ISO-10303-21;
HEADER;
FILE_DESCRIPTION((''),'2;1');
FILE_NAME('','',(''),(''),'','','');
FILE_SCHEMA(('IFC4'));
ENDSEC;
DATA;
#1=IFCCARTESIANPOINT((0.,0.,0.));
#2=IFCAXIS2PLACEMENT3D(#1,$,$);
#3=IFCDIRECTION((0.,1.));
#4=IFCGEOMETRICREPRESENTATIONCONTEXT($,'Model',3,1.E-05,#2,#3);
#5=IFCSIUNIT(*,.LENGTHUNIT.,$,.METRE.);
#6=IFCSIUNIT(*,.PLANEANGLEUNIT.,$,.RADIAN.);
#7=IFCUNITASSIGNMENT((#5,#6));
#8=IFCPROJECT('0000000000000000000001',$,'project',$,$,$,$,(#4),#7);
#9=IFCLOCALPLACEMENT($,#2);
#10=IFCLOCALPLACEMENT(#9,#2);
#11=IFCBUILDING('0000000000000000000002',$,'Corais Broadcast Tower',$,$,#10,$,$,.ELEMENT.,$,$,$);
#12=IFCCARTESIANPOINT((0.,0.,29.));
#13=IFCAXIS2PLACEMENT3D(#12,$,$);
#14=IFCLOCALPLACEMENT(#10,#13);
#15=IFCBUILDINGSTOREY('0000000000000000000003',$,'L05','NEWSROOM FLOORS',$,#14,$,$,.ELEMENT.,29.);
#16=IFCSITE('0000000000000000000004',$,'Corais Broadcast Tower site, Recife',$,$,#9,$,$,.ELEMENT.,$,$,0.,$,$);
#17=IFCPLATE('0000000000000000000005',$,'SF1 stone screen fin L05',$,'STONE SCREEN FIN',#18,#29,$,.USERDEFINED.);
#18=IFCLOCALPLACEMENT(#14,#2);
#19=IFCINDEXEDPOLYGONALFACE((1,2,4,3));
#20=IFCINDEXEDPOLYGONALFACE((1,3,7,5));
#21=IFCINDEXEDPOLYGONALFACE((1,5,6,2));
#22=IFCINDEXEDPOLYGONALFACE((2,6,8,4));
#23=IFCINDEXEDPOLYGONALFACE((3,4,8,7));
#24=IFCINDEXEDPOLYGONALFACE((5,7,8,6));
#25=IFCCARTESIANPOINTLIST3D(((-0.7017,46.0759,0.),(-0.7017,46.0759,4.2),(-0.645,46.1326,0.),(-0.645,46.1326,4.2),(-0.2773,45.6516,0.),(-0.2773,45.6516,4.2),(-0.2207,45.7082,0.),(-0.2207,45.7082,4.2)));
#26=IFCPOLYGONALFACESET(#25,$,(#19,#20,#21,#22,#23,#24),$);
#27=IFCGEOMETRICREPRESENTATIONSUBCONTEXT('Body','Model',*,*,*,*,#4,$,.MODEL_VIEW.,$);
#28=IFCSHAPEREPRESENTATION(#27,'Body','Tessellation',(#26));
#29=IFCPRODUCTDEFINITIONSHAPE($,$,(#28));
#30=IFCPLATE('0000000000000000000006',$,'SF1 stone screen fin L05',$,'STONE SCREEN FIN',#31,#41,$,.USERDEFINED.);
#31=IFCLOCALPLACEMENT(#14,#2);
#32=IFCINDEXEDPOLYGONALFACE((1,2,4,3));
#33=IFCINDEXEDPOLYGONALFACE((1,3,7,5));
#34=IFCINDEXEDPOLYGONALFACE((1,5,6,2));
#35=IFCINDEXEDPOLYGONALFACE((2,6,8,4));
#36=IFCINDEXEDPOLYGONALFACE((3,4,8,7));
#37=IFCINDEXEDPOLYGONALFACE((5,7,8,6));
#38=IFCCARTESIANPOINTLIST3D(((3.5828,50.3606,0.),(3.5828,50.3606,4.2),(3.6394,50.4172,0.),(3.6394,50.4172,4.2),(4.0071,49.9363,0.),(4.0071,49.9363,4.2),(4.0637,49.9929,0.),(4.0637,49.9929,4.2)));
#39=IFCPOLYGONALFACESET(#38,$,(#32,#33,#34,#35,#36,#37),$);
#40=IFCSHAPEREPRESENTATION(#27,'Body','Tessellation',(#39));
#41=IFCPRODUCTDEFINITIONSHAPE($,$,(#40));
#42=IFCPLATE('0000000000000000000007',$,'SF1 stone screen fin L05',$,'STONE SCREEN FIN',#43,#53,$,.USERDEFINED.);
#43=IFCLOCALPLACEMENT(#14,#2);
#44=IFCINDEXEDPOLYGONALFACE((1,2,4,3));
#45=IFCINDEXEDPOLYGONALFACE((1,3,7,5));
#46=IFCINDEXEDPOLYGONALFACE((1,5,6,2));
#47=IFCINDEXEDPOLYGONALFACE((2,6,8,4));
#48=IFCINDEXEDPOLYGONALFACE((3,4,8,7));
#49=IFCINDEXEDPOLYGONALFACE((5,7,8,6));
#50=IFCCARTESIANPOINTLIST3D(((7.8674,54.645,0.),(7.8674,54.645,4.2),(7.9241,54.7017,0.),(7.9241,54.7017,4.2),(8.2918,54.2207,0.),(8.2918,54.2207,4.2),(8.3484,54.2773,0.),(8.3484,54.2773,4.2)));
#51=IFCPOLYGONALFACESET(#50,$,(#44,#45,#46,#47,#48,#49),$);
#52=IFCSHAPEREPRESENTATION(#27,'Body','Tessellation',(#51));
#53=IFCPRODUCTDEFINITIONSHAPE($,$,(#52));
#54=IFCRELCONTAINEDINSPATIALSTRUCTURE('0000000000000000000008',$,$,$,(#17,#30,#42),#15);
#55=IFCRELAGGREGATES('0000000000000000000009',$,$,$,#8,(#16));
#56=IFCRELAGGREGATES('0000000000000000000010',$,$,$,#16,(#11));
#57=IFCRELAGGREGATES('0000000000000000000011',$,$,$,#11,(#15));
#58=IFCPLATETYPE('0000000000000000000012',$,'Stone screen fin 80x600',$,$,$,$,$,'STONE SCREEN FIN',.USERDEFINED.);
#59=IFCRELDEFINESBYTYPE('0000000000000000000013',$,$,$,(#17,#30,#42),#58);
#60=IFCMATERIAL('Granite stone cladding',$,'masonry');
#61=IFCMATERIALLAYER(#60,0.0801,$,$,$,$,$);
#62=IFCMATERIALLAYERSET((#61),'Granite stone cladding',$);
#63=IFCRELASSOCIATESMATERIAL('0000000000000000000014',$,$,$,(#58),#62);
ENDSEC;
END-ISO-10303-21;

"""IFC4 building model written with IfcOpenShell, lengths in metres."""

from ifc_helpers import new_model, si_unit, direction, frame, origin, origin_2d, place, context, subcontext, project, spatial, rectangle, extrude, material, layer, layer_set, type_object, element, save


model = new_model("IFC4")

# Units and contexts
model_context = context("Model", 3, precision=1e-05, world=origin(), true_north=direction((0.0, 1.0)))
body_context = subcontext(model_context, "Body", "Model", "MODEL_VIEW")
ifc_project = project(units=[si_unit("LENGTHUNIT", "METRE"), si_unit("PLANEANGLEUNIT", "RADIAN")], contexts=[model_context])

# Site, building, storey
site_placement = place(None, origin())
site = spatial("IfcSite", under=ifc_project, at=site_placement, Name="Corais Broadcast Tower site, Recife", CompositionType="ELEMENT", RefElevation=0.0)
building_placement = place(site_placement, origin())
building = spatial("IfcBuilding", under=site, at=building_placement, Name="Corais Broadcast Tower", CompositionType="ELEMENT")
storey_placement = place(building_placement, frame((0.0, 0.0, 29.0)))
storey = spatial("IfcBuildingStorey", under=building, at=storey_placement, Name="L05", Description="NEWSROOM FLOORS", CompositionType="ELEMENT", Elevation=29.0)

# Plates
ifc_material_1 = material(Name="Granite stone cladding", Category="masonry")
ifc_layer_1 = layer(ifc_material_1, 0.0801)
ifc_layer_set_1 = layer_set([ifc_layer_1], Name="Granite stone cladding")
plate_type_1 = type_object("IfcPlateType", Name="Stone screen fin 80x600", ElementType="STONE SCREEN FIN", PredefinedType="USERDEFINED", material=ifc_layer_set_1)
for number, where, z_axis, x_axis, name in (
    (1, (-0.4612, 45.8921, 0.0), (0.0, 0.0, 1.0), (0.707107, 0.707107, 0.0), "SF1 stone screen fin L05"),
    (2, (3.8232, 50.1768, 0.0), (0.0, 0.0, 1.0), (0.707107, 0.707107, 0.0), "SF1 stone screen fin L05"),
    (3, (8.1079, 54.4612, 0.0), (0.0, 0.0, 1.0), (0.707107, 0.707107, 0.0), "SF1 stone screen fin L05"),
):
    element("IfcPlate", number, at=place(storey_placement, frame(where, z_axis=z_axis, x_axis=x_axis)), inside=storey, type_object=plate_type_1, Name=name, ObjectType="STONE SCREEN FIN", PredefinedType="USERDEFINED", context=body_context, shape_type="SweptSolid", body=[
        extrude(rectangle(XDim=0.0801, YDim=0.6001, at=origin_2d()), origin(), (0.0, 0.0, 1.0), 4.2),
    ])

save(model, "model.ifc")
